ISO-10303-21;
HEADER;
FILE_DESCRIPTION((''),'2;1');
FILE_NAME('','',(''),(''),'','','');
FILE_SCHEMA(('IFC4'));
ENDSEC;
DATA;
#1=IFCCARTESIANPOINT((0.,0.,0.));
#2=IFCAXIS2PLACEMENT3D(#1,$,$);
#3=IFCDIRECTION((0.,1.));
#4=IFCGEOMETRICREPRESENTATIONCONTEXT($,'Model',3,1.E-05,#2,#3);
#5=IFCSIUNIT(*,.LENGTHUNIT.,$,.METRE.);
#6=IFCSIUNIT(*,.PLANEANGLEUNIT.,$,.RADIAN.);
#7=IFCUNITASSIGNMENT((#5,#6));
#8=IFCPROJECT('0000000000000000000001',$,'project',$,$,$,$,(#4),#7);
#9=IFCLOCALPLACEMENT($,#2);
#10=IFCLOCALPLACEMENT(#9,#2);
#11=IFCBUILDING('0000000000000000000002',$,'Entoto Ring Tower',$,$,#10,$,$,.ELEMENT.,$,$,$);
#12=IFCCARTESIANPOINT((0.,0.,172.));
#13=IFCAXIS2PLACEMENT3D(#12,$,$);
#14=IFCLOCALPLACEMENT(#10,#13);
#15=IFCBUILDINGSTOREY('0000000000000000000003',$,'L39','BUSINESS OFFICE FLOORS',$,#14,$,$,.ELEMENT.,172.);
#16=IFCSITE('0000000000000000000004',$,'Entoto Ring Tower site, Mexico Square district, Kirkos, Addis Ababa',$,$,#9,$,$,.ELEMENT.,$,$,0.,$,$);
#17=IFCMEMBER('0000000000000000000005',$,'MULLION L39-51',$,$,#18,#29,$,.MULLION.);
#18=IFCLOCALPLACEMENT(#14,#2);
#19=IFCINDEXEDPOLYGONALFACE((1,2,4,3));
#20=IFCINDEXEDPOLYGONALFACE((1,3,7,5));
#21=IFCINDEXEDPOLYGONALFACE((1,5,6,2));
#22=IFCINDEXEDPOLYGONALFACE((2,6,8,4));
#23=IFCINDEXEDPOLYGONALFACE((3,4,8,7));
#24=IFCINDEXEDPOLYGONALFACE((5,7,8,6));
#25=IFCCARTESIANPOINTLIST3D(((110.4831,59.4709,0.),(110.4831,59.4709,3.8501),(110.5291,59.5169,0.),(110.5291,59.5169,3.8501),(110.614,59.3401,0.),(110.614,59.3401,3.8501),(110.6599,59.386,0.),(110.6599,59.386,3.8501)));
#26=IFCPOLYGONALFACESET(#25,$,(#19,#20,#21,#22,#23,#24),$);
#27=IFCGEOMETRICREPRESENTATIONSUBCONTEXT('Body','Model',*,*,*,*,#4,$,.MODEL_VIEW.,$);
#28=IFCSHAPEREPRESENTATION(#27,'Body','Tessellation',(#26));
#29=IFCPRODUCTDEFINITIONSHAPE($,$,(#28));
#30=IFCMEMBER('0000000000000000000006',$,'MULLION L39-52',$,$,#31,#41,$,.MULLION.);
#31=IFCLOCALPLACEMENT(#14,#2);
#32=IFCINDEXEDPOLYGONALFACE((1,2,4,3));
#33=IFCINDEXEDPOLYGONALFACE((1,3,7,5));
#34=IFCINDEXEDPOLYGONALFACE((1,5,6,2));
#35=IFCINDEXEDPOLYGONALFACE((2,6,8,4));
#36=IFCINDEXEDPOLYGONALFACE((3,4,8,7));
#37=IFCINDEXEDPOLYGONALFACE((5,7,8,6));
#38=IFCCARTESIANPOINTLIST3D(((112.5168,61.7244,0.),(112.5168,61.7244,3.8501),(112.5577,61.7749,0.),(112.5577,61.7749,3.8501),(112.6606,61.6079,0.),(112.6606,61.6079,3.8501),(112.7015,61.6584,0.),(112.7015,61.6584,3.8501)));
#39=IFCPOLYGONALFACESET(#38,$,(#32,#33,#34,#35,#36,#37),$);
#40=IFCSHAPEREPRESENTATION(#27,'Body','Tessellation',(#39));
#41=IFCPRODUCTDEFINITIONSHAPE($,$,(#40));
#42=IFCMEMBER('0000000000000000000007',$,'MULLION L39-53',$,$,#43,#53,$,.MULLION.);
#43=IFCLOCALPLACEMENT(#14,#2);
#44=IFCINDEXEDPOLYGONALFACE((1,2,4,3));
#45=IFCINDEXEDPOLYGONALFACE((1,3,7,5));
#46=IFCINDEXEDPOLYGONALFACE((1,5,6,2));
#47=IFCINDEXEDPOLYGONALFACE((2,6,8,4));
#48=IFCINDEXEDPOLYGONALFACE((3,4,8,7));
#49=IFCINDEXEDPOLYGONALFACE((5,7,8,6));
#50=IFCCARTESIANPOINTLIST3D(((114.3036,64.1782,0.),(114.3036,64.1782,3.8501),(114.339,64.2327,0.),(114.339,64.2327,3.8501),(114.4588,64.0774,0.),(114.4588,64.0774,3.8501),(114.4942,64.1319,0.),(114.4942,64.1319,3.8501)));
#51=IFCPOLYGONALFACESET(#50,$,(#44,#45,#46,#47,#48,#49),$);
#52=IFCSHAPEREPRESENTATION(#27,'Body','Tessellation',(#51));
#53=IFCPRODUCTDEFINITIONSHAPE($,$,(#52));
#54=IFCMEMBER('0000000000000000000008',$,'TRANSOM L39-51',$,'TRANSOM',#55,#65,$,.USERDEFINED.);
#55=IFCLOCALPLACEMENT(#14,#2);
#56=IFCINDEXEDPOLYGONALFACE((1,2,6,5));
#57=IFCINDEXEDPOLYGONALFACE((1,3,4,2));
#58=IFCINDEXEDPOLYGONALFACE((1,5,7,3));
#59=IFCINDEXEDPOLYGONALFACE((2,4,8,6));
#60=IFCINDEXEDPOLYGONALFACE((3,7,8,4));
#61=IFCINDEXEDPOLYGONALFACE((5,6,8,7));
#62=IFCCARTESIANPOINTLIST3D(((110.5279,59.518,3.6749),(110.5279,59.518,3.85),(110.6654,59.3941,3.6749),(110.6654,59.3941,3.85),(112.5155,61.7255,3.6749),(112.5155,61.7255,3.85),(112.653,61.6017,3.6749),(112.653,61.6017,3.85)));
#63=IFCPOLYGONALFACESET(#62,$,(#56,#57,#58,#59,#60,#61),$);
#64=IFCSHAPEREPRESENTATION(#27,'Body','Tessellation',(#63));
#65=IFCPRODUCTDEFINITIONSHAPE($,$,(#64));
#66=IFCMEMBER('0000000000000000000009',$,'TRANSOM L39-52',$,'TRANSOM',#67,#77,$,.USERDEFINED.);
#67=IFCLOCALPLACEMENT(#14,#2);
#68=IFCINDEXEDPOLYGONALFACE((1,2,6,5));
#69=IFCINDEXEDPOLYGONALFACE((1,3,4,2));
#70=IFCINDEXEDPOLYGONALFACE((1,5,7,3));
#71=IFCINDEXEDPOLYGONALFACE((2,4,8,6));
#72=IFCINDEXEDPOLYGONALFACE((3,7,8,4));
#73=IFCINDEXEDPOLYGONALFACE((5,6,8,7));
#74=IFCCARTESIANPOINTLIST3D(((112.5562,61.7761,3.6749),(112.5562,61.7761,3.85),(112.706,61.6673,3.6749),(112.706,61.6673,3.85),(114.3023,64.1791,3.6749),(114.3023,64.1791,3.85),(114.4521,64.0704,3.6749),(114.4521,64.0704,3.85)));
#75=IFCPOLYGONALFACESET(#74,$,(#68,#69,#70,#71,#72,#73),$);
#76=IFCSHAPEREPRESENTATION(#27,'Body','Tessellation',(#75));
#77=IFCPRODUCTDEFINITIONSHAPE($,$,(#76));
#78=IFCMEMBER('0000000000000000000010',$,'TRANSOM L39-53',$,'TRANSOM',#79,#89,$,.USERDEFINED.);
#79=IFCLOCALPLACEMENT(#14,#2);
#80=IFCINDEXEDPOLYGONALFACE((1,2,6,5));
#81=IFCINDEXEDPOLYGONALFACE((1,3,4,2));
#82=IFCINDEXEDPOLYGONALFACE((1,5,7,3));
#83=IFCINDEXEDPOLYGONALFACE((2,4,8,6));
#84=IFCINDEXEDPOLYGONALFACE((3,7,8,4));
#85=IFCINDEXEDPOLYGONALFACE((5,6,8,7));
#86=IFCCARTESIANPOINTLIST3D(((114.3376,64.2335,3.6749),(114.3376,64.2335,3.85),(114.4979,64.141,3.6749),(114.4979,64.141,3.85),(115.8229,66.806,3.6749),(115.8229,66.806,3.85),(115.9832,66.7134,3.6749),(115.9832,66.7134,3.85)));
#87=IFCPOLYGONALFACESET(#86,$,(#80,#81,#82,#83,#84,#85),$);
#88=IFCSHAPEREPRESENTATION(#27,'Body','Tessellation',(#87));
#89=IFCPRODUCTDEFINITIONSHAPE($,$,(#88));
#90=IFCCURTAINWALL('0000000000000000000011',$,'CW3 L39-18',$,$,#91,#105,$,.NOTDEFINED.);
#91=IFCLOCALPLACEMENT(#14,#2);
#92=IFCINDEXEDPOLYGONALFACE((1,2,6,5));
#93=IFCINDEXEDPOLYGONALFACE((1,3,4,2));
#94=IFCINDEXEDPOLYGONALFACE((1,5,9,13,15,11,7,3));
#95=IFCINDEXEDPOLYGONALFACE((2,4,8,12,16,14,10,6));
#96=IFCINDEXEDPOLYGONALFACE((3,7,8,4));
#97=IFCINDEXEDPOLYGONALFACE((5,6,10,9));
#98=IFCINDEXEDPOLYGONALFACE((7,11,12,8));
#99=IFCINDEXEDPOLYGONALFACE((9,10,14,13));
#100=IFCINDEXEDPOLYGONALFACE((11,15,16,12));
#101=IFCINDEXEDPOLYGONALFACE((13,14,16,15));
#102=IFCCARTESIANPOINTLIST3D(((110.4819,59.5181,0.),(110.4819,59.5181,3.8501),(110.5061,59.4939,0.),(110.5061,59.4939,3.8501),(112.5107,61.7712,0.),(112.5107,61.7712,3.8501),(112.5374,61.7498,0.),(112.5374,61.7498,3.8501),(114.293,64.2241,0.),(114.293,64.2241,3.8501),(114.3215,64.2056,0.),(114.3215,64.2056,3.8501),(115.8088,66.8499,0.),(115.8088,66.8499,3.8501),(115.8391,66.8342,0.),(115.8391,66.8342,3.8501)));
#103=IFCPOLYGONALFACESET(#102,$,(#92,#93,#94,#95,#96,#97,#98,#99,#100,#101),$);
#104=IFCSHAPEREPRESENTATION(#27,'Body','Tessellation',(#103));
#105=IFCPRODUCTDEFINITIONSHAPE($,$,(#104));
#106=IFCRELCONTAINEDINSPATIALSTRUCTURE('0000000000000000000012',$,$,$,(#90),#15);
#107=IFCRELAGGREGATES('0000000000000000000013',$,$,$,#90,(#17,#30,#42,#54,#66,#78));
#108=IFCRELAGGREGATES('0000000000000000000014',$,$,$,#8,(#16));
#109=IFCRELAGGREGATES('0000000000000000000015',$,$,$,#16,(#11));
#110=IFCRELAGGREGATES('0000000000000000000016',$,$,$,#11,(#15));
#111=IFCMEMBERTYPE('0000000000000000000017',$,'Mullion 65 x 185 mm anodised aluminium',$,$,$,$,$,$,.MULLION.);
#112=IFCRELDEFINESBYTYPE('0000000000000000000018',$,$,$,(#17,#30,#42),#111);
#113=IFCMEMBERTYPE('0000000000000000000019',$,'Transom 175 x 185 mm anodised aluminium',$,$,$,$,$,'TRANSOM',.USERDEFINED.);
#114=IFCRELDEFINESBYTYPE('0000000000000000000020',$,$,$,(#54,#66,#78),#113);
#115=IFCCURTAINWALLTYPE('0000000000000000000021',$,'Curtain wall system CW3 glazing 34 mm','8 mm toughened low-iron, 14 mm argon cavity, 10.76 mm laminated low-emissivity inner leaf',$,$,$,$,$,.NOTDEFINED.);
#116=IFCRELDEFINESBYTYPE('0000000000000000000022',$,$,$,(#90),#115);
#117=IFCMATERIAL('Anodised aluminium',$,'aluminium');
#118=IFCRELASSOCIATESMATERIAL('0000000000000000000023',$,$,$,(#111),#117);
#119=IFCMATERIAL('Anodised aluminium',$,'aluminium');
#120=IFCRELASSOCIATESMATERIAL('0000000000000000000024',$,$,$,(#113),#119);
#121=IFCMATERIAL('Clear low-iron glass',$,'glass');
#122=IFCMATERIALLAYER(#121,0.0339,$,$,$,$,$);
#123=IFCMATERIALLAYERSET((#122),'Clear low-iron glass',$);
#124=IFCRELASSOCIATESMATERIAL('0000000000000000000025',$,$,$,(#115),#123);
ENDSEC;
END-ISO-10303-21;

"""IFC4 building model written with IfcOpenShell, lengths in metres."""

from ifc_helpers import new_model, si_unit, direction, frame, origin, origin_2d, place, context, subcontext, project, spatial, polyline, rectangle, outline, extrude, material, layer, layer_set, material_profile, profile_set, type_object, element, aggregate, save


model = new_model("IFC4")

# Units and contexts
model_context = context("Model", 3, precision=1e-05, world=origin(), true_north=direction((0.0, 1.0)))
body_context = subcontext(model_context, "Body", "Model", "MODEL_VIEW")
ifc_project = project(units=[si_unit("LENGTHUNIT", "METRE"), si_unit("PLANEANGLEUNIT", "RADIAN")], contexts=[model_context])

# Members
ifc_material_1 = material(Name="Anodised aluminium", Category="aluminium")
ifc_material_profile_1 = material_profile(ifc_material_1, rectangle(XDim=0.0649, YDim=0.1851, at=origin_2d()), Name="Mullion 65 x 185 mm anodised aluminium")
ifc_profile_set_1 = profile_set([ifc_material_profile_1], Name="Anodised aluminium")
member_type_1 = type_object("IfcMemberType", Name="Mullion 65 x 185 mm anodised aluminium", PredefinedType="MULLION", material=ifc_profile_set_1)
site_placement = place(None, origin())
building_placement = place(site_placement, origin())
storey_placement = place(building_placement, frame((0.0, 0.0, 172.0)))
member_1_placement = place(storey_placement, frame((110.5715, 59.4285, 0.0), z_axis=(0.0, 0.0, 1.0), x_axis=(0.707107, 0.707107, 0.0)))
member_1 = element("IfcMember", 1, at=member_1_placement, type_object=member_type_1, Name="MULLION L39-51", PredefinedType="MULLION", context=body_context, shape_type="SweptSolid", body=[
    extrude(rectangle(XDim=0.0649, YDim=0.1851, at=origin_2d()), origin(), (0.0, 0.0, 1.0), 3.8501),
])
member_2_placement = place(storey_placement, frame((112.6091, 61.6914, 0.0), z_axis=(0.0, 0.0, 1.0), x_axis=(0.62932, 0.777146, 0.0)))
member_2 = element("IfcMember", 2, at=member_2_placement, type_object=member_type_1, Name="MULLION L39-52", PredefinedType="MULLION", context=body_context, shape_type="SweptSolid", body=[
    extrude(rectangle(XDim=0.0649, YDim=0.1851, at=origin_2d()), origin(), (0.0, 0.0, 1.0), 3.8501),
])
member_3_placement = place(storey_placement, frame((114.3989, 64.155, 0.0), z_axis=(0.0, 0.0, 1.0), x_axis=(0.544639, 0.838671, 0.0)))
member_3 = element("IfcMember", 3, at=member_3_placement, type_object=member_type_1, Name="MULLION L39-53", PredefinedType="MULLION", context=body_context, shape_type="SweptSolid", body=[
    extrude(rectangle(XDim=0.0649, YDim=0.1851, at=origin_2d()), origin(), (0.0, 0.0, 1.0), 3.8501),
])
ifc_material_2 = material(Name="Anodised aluminium", Category="aluminium")
ifc_material_profile_2 = material_profile(ifc_material_2, rectangle(XDim=0.1851, YDim=0.175, at=origin_2d()), Name="Transom 175 x 185 mm anodised aluminium")
ifc_profile_set_2 = profile_set([ifc_material_profile_2], Name="Anodised aluminium")
member_type_2 = type_object("IfcMemberType", Name="Transom 175 x 185 mm anodised aluminium", ElementType="TRANSOM", PredefinedType="USERDEFINED", material=ifc_profile_set_2)
member_4_placement = place(storey_placement, frame((110.5967, 59.4561, 3.7625), z_axis=(0.66911, 0.743163, 0.0), x_axis=(-0.743163, 0.66911, 0.0)))
member_4 = element("IfcMember", 4, at=member_4_placement, type_object=member_type_2, Name="TRANSOM L39-51", ObjectType="TRANSOM", PredefinedType="USERDEFINED", context=body_context, shape_type="SweptSolid", body=[
    extrude(rectangle(XDim=0.1851, YDim=0.175, at=origin_2d()), origin(), (0.0, 0.0, 1.0), 2.9705),
])
member_5_placement = place(storey_placement, frame((112.6311, 61.7217, 3.7625), z_axis=(0.58782, 0.808992, 0.0), x_axis=(-0.808992, 0.58782, 0.0)))
member_5 = element("IfcMember", 5, at=member_5_placement, type_object=member_type_2, Name="TRANSOM L39-52", ObjectType="TRANSOM", PredefinedType="USERDEFINED", context=body_context, shape_type="SweptSolid", body=[
    extrude(rectangle(XDim=0.1851, YDim=0.175, at=origin_2d()), origin(), (0.0, 0.0, 1.0), 2.9705),
])
member_6_placement = place(storey_placement, frame((114.4177, 64.1873, 3.7625), z_axis=(0.500028, 0.866009, 0.0), x_axis=(-0.866009, 0.500028, 0.0)))
member_6 = element("IfcMember", 6, at=member_6_placement, type_object=member_type_2, Name="TRANSOM L39-53", ObjectType="TRANSOM", PredefinedType="USERDEFINED", context=body_context, shape_type="SweptSolid", body=[
    extrude(rectangle(XDim=0.1851, YDim=0.175, at=origin_2d()), origin(), (0.0, 0.0, 1.0), 2.9705),
])

# Site, building, storey
site = spatial("IfcSite", under=ifc_project, at=site_placement, Name="Entoto Ring Tower site, Mexico Square district, Kirkos, Addis Ababa", CompositionType="ELEMENT", RefElevation=0.0)
building = spatial("IfcBuilding", under=site, at=building_placement, Name="Entoto Ring Tower", CompositionType="ELEMENT")
storey = spatial("IfcBuildingStorey", under=building, at=storey_placement, Name="L39", Description="BUSINESS OFFICE FLOORS", CompositionType="ELEMENT", Elevation=172.0)

# Curtain wall
ifc_material_3 = material(Name="Clear low-iron glass", Category="glass")
ifc_layer_1 = layer(ifc_material_3, 0.0339)
ifc_layer_set_1 = layer_set([ifc_layer_1], Name="Clear low-iron glass")
curtain_wall_type = type_object("IfcCurtainWallType", Name="Curtain wall system CW3 glazing 34 mm", Description="8 mm toughened low-iron, 14 mm argon cavity, 10.76 mm laminated low-emissivity inner leaf", PredefinedType="NOTDEFINED", material=ifc_layer_set_1)
curtain_wall_1_placement = place(storey_placement, origin())
curtain_wall_1 = element("IfcCurtainWall", 7, at=curtain_wall_1_placement, inside=storey, type_object=curtain_wall_type, Name="CW3 L39-18", PredefinedType="NOTDEFINED", context=body_context, shape_type="SweptSolid", body=[
    extrude(outline(polyline([(110.5061, 59.4939), (112.5374, 61.7498), (114.3215, 64.2056), (115.8391, 66.8342), (115.8088, 66.8499), (114.293, 64.2241), (112.5107, 61.7712), (110.4819, 59.5181), (110.5061, 59.4939)])), origin(), (0.0, 0.0, 1.0), 3.8501),
])
aggregate(curtain_wall_1, [member_1, member_2, member_3, member_4, member_5, member_6])

save(model, "model.ifc")
